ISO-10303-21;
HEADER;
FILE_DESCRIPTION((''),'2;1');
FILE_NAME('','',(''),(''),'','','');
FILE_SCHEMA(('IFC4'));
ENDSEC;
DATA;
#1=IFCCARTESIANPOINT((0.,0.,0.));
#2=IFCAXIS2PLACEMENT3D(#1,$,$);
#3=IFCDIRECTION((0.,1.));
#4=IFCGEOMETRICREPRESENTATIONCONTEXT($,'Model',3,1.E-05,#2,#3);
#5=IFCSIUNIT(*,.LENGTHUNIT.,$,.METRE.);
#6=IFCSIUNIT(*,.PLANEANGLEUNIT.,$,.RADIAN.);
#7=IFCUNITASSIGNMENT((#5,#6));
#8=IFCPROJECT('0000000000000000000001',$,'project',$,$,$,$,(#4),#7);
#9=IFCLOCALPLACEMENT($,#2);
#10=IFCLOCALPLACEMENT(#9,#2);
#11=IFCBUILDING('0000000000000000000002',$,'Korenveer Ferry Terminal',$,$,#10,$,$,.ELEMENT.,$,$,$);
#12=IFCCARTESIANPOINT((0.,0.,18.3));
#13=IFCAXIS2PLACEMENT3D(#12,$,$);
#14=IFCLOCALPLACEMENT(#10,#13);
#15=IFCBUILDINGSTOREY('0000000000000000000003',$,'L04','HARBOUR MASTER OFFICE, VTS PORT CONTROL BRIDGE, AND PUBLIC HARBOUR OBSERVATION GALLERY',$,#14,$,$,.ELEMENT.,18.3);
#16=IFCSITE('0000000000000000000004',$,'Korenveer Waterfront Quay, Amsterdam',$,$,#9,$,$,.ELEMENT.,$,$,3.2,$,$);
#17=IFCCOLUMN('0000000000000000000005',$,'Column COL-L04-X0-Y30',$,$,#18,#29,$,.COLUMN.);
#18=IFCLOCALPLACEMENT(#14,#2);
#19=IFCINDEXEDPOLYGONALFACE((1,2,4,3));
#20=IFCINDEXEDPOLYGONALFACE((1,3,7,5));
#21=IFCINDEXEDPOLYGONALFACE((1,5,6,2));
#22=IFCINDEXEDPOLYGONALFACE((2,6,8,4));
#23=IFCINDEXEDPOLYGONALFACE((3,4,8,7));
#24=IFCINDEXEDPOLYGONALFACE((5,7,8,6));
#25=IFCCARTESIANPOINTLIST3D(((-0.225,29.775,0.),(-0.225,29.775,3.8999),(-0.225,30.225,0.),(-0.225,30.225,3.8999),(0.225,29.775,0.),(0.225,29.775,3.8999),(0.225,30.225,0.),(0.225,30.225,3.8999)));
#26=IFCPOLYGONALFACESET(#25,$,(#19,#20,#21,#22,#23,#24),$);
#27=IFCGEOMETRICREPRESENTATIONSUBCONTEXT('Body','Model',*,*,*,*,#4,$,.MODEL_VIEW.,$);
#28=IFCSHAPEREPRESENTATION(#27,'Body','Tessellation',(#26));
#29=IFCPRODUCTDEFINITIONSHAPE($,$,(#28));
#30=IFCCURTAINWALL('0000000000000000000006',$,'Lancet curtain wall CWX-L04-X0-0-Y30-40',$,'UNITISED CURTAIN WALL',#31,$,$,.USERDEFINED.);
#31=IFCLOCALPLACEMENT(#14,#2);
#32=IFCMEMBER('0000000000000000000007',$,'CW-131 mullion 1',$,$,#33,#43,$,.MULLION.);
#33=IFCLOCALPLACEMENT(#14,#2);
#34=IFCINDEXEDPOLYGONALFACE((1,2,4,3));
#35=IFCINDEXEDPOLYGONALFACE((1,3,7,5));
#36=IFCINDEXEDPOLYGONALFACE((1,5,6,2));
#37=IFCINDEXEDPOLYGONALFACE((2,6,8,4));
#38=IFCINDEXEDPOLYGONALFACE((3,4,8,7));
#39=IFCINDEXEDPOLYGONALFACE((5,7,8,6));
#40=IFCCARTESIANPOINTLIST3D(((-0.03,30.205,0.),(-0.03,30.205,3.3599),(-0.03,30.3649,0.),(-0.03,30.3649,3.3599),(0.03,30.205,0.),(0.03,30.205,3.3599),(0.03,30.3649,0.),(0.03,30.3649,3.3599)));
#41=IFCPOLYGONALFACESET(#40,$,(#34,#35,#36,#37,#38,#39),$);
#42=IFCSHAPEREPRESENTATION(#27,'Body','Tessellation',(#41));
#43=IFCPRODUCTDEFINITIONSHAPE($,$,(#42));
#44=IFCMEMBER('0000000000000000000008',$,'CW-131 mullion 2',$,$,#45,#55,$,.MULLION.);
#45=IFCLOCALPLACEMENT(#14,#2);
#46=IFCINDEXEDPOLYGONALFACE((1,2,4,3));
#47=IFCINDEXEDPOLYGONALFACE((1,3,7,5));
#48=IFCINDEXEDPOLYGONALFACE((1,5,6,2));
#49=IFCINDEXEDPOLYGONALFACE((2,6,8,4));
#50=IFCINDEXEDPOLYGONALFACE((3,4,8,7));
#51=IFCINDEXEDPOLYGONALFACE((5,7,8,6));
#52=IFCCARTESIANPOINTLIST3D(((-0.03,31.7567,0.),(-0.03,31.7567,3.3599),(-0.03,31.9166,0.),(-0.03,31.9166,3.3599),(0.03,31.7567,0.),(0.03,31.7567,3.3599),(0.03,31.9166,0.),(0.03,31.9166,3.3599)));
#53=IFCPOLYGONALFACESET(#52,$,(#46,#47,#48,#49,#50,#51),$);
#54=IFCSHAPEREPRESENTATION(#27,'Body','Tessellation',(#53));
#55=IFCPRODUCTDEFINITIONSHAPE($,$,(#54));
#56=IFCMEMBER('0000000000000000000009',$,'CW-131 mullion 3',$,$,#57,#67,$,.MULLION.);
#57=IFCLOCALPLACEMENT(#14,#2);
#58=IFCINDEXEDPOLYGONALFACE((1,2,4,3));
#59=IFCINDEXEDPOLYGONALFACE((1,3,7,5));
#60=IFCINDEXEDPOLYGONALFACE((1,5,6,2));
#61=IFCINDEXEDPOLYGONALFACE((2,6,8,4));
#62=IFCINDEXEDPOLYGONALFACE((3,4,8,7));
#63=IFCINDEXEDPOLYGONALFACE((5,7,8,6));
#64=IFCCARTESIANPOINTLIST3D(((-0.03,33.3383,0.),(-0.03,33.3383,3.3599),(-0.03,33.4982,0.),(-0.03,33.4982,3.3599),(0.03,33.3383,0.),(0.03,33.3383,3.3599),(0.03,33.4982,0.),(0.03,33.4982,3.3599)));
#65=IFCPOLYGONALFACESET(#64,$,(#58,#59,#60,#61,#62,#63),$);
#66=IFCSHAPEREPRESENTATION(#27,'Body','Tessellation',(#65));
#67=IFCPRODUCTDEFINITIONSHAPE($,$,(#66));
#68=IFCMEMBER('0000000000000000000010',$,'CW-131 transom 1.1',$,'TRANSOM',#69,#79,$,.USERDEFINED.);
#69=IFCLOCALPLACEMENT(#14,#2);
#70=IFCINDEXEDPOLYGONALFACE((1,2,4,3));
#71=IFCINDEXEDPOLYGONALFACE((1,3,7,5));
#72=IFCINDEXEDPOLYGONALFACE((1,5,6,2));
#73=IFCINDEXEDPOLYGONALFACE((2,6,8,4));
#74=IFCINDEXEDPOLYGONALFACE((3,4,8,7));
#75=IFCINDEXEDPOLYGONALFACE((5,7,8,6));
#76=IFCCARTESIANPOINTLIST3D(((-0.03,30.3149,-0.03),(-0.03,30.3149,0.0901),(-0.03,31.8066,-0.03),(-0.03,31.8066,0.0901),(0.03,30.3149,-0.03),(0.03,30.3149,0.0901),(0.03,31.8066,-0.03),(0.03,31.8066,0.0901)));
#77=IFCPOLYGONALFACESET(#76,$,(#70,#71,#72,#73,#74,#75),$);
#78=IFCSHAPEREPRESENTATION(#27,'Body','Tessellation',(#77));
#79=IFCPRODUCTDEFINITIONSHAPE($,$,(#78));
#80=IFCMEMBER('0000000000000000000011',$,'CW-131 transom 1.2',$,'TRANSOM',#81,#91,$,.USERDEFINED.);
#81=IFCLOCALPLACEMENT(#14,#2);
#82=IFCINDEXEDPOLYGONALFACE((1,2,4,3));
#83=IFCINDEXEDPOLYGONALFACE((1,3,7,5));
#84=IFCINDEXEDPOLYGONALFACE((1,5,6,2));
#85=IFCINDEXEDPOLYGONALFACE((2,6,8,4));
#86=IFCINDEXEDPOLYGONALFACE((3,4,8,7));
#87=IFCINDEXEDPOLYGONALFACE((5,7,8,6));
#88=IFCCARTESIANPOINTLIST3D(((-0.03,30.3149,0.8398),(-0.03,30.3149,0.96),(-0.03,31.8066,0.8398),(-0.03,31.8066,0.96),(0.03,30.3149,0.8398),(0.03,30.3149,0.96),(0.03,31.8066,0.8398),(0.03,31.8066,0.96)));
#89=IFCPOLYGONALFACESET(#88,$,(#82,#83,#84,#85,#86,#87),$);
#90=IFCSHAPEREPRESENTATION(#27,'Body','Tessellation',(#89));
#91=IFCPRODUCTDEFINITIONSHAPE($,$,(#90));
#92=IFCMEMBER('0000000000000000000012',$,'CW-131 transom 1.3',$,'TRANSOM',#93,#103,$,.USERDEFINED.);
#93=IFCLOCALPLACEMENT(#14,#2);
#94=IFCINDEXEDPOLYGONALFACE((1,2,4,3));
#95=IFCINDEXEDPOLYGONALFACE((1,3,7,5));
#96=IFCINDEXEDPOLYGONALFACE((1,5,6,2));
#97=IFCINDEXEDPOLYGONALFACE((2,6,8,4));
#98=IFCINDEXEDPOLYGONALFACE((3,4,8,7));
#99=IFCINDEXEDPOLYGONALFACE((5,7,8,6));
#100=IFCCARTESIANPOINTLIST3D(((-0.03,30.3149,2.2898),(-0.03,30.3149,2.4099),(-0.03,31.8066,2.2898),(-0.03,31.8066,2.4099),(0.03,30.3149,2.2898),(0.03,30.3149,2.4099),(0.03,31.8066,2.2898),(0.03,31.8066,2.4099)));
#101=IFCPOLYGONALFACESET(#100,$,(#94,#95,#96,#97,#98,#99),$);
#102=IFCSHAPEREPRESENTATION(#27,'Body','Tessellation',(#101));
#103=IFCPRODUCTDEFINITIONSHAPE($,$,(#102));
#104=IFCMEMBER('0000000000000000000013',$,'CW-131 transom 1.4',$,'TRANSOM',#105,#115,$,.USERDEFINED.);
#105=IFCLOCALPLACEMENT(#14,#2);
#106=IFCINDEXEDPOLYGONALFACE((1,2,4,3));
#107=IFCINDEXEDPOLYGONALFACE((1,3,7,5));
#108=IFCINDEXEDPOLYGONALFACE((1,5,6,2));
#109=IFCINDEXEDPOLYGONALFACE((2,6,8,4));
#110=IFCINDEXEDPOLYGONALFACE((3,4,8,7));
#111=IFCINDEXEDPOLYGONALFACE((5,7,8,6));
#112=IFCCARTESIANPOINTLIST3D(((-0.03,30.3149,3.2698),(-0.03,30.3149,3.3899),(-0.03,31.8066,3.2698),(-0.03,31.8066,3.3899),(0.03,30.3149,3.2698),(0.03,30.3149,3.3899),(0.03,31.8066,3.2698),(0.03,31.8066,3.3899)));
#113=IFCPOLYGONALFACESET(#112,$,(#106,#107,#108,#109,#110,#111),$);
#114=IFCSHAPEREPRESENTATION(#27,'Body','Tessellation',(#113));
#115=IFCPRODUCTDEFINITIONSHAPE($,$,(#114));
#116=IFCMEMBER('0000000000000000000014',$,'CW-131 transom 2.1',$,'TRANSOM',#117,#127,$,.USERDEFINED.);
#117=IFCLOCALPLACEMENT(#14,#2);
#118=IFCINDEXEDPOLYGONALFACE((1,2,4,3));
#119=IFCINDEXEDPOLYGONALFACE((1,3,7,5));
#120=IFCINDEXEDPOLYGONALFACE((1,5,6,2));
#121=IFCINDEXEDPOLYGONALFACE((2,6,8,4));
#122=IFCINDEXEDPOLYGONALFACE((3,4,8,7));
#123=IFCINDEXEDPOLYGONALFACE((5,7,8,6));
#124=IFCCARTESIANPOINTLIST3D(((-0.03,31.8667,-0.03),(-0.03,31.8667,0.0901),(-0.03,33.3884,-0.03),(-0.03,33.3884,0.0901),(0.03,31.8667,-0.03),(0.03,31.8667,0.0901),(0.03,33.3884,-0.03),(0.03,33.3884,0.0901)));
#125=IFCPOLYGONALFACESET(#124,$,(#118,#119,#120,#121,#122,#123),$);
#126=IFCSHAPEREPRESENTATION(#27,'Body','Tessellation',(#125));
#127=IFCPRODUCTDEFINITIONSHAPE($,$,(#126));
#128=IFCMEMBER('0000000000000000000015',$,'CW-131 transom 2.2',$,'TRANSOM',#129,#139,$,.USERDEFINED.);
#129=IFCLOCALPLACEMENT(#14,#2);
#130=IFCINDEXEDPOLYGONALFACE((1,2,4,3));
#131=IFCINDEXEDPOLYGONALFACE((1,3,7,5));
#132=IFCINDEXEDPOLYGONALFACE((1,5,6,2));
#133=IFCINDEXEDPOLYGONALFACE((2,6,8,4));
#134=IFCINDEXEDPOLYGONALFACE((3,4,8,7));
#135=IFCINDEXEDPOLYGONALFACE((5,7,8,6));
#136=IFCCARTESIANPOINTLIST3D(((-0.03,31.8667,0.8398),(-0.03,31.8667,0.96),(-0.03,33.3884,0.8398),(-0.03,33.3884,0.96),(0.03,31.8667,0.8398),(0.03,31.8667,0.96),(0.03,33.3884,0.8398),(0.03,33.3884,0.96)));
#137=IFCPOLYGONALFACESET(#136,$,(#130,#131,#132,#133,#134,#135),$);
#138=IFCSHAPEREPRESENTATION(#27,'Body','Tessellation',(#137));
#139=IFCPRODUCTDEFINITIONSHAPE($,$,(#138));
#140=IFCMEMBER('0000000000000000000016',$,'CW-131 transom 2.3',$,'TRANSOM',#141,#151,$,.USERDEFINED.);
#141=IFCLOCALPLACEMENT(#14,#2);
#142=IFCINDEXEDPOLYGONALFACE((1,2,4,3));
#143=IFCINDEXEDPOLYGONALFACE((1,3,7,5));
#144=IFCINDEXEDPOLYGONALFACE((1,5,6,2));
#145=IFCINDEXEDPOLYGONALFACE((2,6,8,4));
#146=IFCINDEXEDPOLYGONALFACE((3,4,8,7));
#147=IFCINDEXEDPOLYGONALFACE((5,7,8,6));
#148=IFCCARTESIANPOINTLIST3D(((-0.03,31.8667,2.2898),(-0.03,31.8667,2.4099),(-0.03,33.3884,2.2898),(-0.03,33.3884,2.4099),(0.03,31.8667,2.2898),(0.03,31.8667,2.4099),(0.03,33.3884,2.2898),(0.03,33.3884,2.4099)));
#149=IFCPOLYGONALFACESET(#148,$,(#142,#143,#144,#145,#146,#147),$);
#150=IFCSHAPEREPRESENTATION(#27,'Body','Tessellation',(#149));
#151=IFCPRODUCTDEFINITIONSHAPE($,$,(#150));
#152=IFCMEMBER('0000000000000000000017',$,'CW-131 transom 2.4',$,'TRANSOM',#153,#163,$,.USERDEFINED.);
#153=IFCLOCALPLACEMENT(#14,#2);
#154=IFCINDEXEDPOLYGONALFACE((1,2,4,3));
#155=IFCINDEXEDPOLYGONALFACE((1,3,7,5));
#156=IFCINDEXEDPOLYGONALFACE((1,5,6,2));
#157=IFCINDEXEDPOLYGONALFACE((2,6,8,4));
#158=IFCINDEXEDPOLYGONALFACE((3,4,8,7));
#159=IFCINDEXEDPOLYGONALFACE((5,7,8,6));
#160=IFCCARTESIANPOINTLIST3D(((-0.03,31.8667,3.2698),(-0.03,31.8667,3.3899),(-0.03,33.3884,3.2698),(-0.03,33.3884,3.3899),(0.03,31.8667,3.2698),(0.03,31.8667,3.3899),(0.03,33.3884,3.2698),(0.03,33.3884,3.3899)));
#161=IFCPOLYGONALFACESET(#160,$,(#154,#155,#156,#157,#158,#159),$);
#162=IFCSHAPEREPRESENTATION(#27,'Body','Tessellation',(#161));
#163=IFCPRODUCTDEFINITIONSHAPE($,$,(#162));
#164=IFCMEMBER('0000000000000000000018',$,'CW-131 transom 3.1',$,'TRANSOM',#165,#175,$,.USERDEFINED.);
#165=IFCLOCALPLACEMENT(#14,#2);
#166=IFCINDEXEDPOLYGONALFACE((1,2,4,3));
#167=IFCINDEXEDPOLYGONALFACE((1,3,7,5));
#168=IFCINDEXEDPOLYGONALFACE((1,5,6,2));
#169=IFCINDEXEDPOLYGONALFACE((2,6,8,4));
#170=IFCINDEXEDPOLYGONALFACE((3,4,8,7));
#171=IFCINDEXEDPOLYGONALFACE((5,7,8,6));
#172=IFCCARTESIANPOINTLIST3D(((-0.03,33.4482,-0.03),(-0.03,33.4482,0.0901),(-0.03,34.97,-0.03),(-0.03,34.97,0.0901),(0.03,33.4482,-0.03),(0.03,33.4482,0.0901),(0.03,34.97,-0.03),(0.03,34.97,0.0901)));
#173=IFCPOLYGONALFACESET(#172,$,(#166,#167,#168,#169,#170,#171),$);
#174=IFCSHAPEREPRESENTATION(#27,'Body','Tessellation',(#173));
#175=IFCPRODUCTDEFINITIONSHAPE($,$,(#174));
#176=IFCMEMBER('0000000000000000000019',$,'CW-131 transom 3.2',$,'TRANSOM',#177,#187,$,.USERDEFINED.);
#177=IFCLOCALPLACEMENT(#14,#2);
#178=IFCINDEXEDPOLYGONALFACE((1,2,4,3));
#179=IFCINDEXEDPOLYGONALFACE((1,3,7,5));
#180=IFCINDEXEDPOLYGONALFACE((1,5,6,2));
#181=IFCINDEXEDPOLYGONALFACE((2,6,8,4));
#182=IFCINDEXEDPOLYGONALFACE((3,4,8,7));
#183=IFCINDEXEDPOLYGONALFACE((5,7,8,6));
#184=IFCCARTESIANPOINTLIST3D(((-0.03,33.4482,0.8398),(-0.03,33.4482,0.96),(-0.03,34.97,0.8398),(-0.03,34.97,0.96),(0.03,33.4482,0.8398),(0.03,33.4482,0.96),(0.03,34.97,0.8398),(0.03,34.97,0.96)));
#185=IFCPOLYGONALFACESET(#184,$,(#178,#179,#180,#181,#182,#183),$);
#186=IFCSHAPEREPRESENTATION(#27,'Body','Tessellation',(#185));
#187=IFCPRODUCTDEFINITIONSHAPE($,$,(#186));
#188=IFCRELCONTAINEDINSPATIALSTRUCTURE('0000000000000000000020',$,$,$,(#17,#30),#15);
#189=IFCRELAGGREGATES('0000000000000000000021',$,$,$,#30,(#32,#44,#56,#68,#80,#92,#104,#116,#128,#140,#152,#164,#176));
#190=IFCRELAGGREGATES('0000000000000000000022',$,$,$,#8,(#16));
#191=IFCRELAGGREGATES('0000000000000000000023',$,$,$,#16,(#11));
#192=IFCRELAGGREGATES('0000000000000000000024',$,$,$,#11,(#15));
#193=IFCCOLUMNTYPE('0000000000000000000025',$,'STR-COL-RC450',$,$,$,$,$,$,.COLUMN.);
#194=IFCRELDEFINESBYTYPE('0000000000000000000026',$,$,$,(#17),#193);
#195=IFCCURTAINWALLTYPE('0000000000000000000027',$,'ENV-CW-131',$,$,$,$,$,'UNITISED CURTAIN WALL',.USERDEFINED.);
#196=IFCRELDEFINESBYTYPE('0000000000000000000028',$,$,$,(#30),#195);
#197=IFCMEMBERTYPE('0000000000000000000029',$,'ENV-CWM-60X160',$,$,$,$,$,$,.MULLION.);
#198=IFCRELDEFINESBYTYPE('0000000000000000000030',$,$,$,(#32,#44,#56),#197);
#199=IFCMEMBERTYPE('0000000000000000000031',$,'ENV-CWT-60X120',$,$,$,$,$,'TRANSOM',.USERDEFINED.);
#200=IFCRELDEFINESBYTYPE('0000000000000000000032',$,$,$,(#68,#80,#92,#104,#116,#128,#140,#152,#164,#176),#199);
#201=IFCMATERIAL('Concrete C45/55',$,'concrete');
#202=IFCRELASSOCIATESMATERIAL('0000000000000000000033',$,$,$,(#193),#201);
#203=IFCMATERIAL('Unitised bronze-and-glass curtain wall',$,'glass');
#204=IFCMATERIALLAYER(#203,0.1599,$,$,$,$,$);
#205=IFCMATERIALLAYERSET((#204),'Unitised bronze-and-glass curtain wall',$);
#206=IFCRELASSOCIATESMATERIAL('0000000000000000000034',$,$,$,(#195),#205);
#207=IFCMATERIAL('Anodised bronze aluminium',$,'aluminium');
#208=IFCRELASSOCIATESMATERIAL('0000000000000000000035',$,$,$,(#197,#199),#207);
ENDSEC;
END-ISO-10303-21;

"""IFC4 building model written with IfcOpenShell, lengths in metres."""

from ifc_helpers import new_model, si_unit, direction, frame, origin, origin_2d, place, context, subcontext, project, spatial, rectangle, extrude, material, layer, layer_set, material_profile, profile_set, type_object, element, aggregate, save


model = new_model("IFC4")

# Units and contexts
model_context = context("Model", 3, precision=1e-05, world=origin(), true_north=direction((0.0, 1.0)))
body_context = subcontext(model_context, "Body", "Model", "MODEL_VIEW")
ifc_project = project(units=[si_unit("LENGTHUNIT", "METRE"), si_unit("PLANEANGLEUNIT", "RADIAN")], contexts=[model_context])

# Site, building, storey
site_placement = place(None, origin())
site = spatial("IfcSite", under=ifc_project, at=site_placement, Name="Korenveer Waterfront Quay, Amsterdam", CompositionType="ELEMENT", RefElevation=3.2)
building_placement = place(site_placement, origin())
building = spatial("IfcBuilding", under=site, at=building_placement, Name="Korenveer Ferry Terminal", CompositionType="ELEMENT")
storey_placement = place(building_placement, frame((0.0, 0.0, 18.3)))
storey = spatial("IfcBuildingStorey", under=building, at=storey_placement, Name="L04", Description="HARBOUR MASTER OFFICE, VTS PORT CONTROL BRIDGE, AND PUBLIC HARBOUR OBSERVATION GALLERY", CompositionType="ELEMENT", Elevation=18.3)

# Column
ifc_material_1 = material(Name="Concrete C45/55", Category="concrete")
ifc_material_profile_1 = material_profile(ifc_material_1, rectangle(XDim=0.45, YDim=0.45, at=origin_2d()), Name="RC 450x450")
ifc_profile_set_1 = profile_set([ifc_material_profile_1], Name="Concrete C45/55")
column_type = type_object("IfcColumnType", Name="STR-COL-RC450", PredefinedType="COLUMN", material=ifc_profile_set_1)
column_placement = place(storey_placement, frame((0.0, 30.0, 0.0), z_axis=(0.0, 0.0, 1.0), x_axis=(1.0, 0.0, 0.0)))
element("IfcColumn", 1, at=column_placement, inside=storey, type_object=column_type, Name="Column COL-L04-X0-Y30", PredefinedType="COLUMN", context=body_context, shape_type="SweptSolid", body=[
    extrude(rectangle(XDim=0.45, YDim=0.45, at=origin_2d()), origin(), (0.0, 0.0, 1.0), 3.8999),
])

# Curtain wall, members
ifc_material_2 = material(Name="Unitised bronze-and-glass curtain wall", Category="glass")
ifc_layer_1 = layer(ifc_material_2, 0.1599)
ifc_layer_set_1 = layer_set([ifc_layer_1], Name="Unitised bronze-and-glass curtain wall")
curtain_wall_type = type_object("IfcCurtainWallType", Name="ENV-CW-131", ElementType="UNITISED CURTAIN WALL", PredefinedType="USERDEFINED", material=ifc_layer_set_1)
curtain_wall_placement = place(storey_placement, frame((0.0, 30.2549, 0.0)))
curtain_wall = element("IfcCurtainWall", 2, at=curtain_wall_placement, inside=storey, type_object=curtain_wall_type, Name="Lancet curtain wall CWX-L04-X0-0-Y30-40", ObjectType="UNITISED CURTAIN WALL", PredefinedType="USERDEFINED")
ifc_material_3 = material(Name="Anodised bronze aluminium", Category="aluminium")
ifc_material_profile_2 = material_profile(ifc_material_3, rectangle(XDim=0.0601, YDim=0.1599, at=origin_2d()), Name="ALU 60x160")
ifc_profile_set_2 = profile_set([ifc_material_profile_2], Name="Anodised bronze aluminium")
member_type_1 = type_object("IfcMemberType", Name="ENV-CWM-60X160", PredefinedType="MULLION", material=ifc_profile_set_2)
member_1_placement = place(storey_placement, frame((0.0, 30.2849, 0.0), z_axis=(0.0, 0.0, 1.0), x_axis=(-1.0, 0.0, 0.0)))
member_1 = element("IfcMember", 3, at=member_1_placement, type_object=member_type_1, Name="CW-131 mullion 1", PredefinedType="MULLION", context=body_context, shape_type="SweptSolid", body=[
    extrude(rectangle(XDim=0.0601, YDim=0.1599, at=origin_2d()), origin(), (0.0, 0.0, 1.0), 3.3599),
])
member_2_placement = place(storey_placement, frame((0.0, 31.8367, 0.0), z_axis=(0.0, 0.0, 1.0), x_axis=(-1.0, 0.0, 0.0)))
member_2 = element("IfcMember", 4, at=member_2_placement, type_object=member_type_1, Name="CW-131 mullion 2", PredefinedType="MULLION", context=body_context, shape_type="SweptSolid", body=[
    extrude(rectangle(XDim=0.0601, YDim=0.1599, at=origin_2d()), origin(), (0.0, 0.0, 1.0), 3.3599),
])
member_3_placement = place(storey_placement, frame((0.0, 33.4182, 0.0), z_axis=(0.0, 0.0, 1.0), x_axis=(-1.0, 0.0, 0.0)))
member_3 = element("IfcMember", 5, at=member_3_placement, type_object=member_type_1, Name="CW-131 mullion 3", PredefinedType="MULLION", context=body_context, shape_type="SweptSolid", body=[
    extrude(rectangle(XDim=0.0601, YDim=0.1599, at=origin_2d()), origin(), (0.0, 0.0, 1.0), 3.3599),
])
ifc_material_profile_3 = material_profile(ifc_material_3, rectangle(XDim=0.0601, YDim=0.1201, at=origin_2d()), Name="ALU 60x120")
ifc_profile_set_3 = profile_set([ifc_material_profile_3], Name="Anodised bronze aluminium")
member_type_2 = type_object("IfcMemberType", Name="ENV-CWT-60X120", ElementType="TRANSOM", PredefinedType="USERDEFINED", material=ifc_profile_set_3)
member_4_placement = place(storey_placement, frame((0.0, 30.3149, 0.03), z_axis=(0.0, 1.0, 0.0), x_axis=(-1.0, 0.0, 0.0)))
member_4 = element("IfcMember", 6, at=member_4_placement, type_object=member_type_2, Name="CW-131 transom 1.1", ObjectType="TRANSOM", PredefinedType="USERDEFINED", context=body_context, shape_type="SweptSolid", body=[
    extrude(rectangle(XDim=0.0601, YDim=0.1201, at=origin_2d()), origin(), (0.0, 0.0, 1.0), 1.4917),
])
member_5_placement = place(storey_placement, frame((0.0, 30.3149, 0.8999), z_axis=(0.0, 1.0, 0.0), x_axis=(-1.0, 0.0, 0.0)))
member_5 = element("IfcMember", 7, at=member_5_placement, type_object=member_type_2, Name="CW-131 transom 1.2", ObjectType="TRANSOM", PredefinedType="USERDEFINED", context=body_context, shape_type="SweptSolid", body=[
    extrude(rectangle(XDim=0.0601, YDim=0.1201, at=origin_2d()), origin(), (0.0, 0.0, 1.0), 1.4917),
])
member_6_placement = place(storey_placement, frame((0.0, 30.3149, 2.3499), z_axis=(0.0, 1.0, 0.0), x_axis=(-1.0, 0.0, 0.0)))
member_6 = element("IfcMember", 8, at=member_6_placement, type_object=member_type_2, Name="CW-131 transom 1.3", ObjectType="TRANSOM", PredefinedType="USERDEFINED", context=body_context, shape_type="SweptSolid", body=[
    extrude(rectangle(XDim=0.0601, YDim=0.1201, at=origin_2d()), origin(), (0.0, 0.0, 1.0), 1.4917),
])
member_7_placement = place(storey_placement, frame((0.0, 30.3149, 3.3298), z_axis=(0.0, 1.0, 0.0), x_axis=(-1.0, 0.0, 0.0)))
member_7 = element("IfcMember", 9, at=member_7_placement, type_object=member_type_2, Name="CW-131 transom 1.4", ObjectType="TRANSOM", PredefinedType="USERDEFINED", context=body_context, shape_type="SweptSolid", body=[
    extrude(rectangle(XDim=0.0601, YDim=0.1201, at=origin_2d()), origin(), (0.0, 0.0, 1.0), 1.4917),
])
member_8_placement = place(storey_placement, frame((0.0, 31.8667, 0.03), z_axis=(0.0, 1.0, 0.0), x_axis=(-1.0, 0.0, 0.0)))
member_8 = element("IfcMember", 10, at=member_8_placement, type_object=member_type_2, Name="CW-131 transom 2.1", ObjectType="TRANSOM", PredefinedType="USERDEFINED", context=body_context, shape_type="SweptSolid", body=[
    extrude(rectangle(XDim=0.0601, YDim=0.1201, at=origin_2d()), origin(), (0.0, 0.0, 1.0), 1.5217),
])
member_9_placement = place(storey_placement, frame((0.0, 31.8667, 0.8999), z_axis=(0.0, 1.0, 0.0), x_axis=(-1.0, 0.0, 0.0)))
member_9 = element("IfcMember", 11, at=member_9_placement, type_object=member_type_2, Name="CW-131 transom 2.2", ObjectType="TRANSOM", PredefinedType="USERDEFINED", context=body_context, shape_type="SweptSolid", body=[
    extrude(rectangle(XDim=0.0601, YDim=0.1201, at=origin_2d()), origin(), (0.0, 0.0, 1.0), 1.5217),
])
member_10_placement = place(storey_placement, frame((0.0, 31.8667, 2.3499), z_axis=(0.0, 1.0, 0.0), x_axis=(-1.0, 0.0, 0.0)))
member_10 = element("IfcMember", 12, at=member_10_placement, type_object=member_type_2, Name="CW-131 transom 2.3", ObjectType="TRANSOM", PredefinedType="USERDEFINED", context=body_context, shape_type="SweptSolid", body=[
    extrude(rectangle(XDim=0.0601, YDim=0.1201, at=origin_2d()), origin(), (0.0, 0.0, 1.0), 1.5217),
])
member_11_placement = place(storey_placement, frame((0.0, 31.8667, 3.3298), z_axis=(0.0, 1.0, 0.0), x_axis=(-1.0, 0.0, 0.0)))
member_11 = element("IfcMember", 13, at=member_11_placement, type_object=member_type_2, Name="CW-131 transom 2.4", ObjectType="TRANSOM", PredefinedType="USERDEFINED", context=body_context, shape_type="SweptSolid", body=[
    extrude(rectangle(XDim=0.0601, YDim=0.1201, at=origin_2d()), origin(), (0.0, 0.0, 1.0), 1.5217),
])
member_12_placement = place(storey_placement, frame((0.0, 33.4482, 0.03), z_axis=(0.0, 1.0, 0.0), x_axis=(-1.0, 0.0, 0.0)))
member_12 = element("IfcMember", 14, at=member_12_placement, type_object=member_type_2, Name="CW-131 transom 3.1", ObjectType="TRANSOM", PredefinedType="USERDEFINED", context=body_context, shape_type="SweptSolid", body=[
    extrude(rectangle(XDim=0.0601, YDim=0.1201, at=origin_2d()), origin(), (0.0, 0.0, 1.0), 1.5217),
])
member_13_placement = place(storey_placement, frame((0.0, 33.4482, 0.8999), z_axis=(0.0, 1.0, 0.0), x_axis=(-1.0, 0.0, 0.0)))
member_13 = element("IfcMember", 15, at=member_13_placement, type_object=member_type_2, Name="CW-131 transom 3.2", ObjectType="TRANSOM", PredefinedType="USERDEFINED", context=body_context, shape_type="SweptSolid", body=[
    extrude(rectangle(XDim=0.0601, YDim=0.1201, at=origin_2d()), origin(), (0.0, 0.0, 1.0), 1.5217),
])

aggregate(curtain_wall, [member_1, member_2, member_3, member_4, member_5, member_6, member_7, member_8, member_9, member_10, member_11, member_12, member_13])

save(model, "model.ifc")
